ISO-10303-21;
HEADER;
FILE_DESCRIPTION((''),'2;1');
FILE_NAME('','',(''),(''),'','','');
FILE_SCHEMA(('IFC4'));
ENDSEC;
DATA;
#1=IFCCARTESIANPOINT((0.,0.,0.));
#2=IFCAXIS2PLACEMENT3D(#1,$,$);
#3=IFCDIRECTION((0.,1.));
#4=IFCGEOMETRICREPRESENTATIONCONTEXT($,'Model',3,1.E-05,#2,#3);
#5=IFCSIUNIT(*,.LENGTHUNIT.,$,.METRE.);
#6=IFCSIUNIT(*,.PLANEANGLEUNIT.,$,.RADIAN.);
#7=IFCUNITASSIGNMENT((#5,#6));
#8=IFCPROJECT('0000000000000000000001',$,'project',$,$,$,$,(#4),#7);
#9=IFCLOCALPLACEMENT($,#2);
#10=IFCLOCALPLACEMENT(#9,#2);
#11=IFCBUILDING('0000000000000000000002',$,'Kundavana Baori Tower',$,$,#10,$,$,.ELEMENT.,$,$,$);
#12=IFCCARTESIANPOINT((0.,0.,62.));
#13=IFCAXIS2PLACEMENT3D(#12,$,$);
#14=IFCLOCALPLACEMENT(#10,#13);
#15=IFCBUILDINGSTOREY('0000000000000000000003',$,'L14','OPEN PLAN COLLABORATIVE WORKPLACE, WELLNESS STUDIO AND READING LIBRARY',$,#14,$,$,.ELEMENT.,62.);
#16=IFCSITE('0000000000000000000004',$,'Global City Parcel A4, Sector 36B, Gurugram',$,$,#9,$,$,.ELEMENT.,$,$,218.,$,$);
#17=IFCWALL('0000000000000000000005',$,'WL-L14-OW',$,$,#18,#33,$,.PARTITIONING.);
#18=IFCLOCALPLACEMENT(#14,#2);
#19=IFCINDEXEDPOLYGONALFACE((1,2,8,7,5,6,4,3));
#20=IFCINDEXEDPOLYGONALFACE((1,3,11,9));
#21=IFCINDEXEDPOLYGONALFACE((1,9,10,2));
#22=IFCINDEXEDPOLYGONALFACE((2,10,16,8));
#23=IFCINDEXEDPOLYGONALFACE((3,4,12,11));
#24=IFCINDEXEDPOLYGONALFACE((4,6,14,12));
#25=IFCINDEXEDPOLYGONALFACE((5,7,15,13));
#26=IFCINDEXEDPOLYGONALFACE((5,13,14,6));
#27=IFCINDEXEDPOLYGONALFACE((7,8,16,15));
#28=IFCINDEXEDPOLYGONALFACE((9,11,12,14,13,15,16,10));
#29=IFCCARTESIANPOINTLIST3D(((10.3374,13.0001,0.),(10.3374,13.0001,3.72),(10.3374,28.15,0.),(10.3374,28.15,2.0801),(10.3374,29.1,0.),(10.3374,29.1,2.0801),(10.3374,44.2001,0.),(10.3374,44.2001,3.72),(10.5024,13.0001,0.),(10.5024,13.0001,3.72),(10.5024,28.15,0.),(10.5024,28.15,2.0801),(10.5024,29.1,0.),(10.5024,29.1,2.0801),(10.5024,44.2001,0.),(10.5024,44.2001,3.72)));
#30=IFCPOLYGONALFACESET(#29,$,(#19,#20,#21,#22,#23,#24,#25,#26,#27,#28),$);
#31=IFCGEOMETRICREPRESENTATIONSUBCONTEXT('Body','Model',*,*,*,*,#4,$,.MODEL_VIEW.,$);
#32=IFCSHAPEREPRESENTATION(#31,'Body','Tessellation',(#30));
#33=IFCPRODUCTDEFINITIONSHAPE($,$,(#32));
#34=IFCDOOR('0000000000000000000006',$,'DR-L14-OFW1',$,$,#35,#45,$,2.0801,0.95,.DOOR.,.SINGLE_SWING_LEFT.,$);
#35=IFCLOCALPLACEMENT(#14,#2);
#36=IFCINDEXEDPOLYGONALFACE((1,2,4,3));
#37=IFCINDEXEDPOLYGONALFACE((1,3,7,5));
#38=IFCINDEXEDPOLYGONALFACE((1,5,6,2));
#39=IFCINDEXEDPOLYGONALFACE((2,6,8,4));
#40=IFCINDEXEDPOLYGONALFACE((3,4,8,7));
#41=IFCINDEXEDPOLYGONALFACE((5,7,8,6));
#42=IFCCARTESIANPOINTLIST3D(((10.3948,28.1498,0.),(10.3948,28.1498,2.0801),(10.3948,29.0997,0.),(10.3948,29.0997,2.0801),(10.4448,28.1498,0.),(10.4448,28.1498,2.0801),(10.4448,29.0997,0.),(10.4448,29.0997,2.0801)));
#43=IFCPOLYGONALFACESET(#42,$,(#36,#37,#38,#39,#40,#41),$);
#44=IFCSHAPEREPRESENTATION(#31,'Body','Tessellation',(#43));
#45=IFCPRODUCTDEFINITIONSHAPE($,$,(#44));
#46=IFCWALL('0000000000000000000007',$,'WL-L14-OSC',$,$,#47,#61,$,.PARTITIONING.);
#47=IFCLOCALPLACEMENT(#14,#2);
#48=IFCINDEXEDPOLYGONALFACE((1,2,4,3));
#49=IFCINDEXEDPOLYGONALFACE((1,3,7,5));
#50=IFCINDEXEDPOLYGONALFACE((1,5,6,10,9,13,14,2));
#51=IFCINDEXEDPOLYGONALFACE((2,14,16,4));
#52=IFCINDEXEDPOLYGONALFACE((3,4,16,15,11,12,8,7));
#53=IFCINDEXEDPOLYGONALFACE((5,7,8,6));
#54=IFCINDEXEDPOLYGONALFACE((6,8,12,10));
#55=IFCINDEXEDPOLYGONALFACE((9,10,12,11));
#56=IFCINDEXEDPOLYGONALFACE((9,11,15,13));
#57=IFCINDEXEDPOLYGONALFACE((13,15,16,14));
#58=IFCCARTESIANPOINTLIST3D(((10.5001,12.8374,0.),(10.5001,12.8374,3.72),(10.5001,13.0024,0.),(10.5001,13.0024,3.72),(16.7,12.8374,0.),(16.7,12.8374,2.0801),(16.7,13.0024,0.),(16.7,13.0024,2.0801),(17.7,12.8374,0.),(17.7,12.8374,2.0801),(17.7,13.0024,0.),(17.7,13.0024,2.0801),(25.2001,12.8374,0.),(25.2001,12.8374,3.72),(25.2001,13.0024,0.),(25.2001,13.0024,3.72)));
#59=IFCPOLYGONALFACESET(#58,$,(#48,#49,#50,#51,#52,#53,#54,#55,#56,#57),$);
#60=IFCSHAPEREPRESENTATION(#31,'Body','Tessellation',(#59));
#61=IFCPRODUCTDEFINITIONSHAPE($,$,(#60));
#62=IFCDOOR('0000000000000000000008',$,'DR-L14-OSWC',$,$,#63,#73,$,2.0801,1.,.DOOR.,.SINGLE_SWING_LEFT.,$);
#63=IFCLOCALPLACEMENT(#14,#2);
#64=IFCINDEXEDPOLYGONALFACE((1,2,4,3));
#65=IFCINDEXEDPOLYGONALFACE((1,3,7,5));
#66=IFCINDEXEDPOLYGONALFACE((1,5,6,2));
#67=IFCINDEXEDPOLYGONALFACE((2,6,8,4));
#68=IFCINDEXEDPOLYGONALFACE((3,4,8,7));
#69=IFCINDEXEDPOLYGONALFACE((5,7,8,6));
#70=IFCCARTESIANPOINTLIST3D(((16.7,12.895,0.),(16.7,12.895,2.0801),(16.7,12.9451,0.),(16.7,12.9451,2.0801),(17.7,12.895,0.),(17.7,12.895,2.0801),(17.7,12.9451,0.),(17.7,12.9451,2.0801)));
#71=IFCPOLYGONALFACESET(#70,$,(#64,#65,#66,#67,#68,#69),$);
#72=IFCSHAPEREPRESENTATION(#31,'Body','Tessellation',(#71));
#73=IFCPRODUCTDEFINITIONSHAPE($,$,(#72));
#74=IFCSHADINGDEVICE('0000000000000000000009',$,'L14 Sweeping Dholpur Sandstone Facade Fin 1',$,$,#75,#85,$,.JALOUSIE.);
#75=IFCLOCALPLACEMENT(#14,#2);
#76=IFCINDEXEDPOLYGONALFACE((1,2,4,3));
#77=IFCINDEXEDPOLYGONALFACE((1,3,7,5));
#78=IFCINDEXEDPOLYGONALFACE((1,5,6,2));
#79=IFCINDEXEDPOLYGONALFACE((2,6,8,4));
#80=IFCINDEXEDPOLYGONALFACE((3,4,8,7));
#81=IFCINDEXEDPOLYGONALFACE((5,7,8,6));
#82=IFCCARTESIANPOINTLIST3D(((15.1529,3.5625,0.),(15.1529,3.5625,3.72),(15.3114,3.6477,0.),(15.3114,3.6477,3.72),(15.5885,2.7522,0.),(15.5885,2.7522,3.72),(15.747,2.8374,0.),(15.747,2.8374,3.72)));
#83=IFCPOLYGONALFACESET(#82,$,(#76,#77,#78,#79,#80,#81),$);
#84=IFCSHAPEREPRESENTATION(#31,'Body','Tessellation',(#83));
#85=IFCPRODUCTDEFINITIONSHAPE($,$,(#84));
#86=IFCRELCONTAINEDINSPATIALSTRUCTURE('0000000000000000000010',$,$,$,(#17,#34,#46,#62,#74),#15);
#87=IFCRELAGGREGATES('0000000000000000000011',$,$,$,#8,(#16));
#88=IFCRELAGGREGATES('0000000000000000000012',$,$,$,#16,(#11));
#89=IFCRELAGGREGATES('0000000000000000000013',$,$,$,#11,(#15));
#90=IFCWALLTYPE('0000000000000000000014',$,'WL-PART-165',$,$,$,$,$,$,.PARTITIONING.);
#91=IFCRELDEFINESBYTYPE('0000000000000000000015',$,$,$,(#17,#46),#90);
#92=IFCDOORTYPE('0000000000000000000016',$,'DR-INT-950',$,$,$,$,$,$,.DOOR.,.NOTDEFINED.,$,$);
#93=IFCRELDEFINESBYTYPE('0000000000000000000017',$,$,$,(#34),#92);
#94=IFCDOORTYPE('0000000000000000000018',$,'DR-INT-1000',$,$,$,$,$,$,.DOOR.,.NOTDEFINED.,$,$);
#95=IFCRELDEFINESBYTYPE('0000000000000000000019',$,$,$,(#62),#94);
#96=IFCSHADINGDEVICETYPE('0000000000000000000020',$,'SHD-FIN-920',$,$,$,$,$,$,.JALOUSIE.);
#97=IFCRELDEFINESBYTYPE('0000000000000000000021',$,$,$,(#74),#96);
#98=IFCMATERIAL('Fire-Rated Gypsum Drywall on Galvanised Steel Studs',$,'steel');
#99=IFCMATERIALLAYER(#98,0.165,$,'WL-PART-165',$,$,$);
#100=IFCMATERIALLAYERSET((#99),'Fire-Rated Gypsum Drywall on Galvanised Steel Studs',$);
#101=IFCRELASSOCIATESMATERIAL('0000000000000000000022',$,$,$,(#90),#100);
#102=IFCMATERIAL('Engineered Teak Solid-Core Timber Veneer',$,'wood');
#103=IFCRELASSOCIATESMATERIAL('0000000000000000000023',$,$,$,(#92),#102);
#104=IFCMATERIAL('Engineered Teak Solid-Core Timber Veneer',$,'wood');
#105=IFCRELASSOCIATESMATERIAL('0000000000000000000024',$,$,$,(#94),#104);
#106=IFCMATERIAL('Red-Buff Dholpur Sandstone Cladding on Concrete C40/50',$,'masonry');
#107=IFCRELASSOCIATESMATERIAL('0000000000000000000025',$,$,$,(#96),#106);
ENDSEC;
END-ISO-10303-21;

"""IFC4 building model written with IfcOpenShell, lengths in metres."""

from ifc_helpers import new_model, si_unit, direction, frame, frame_2d, origin, origin_2d, place, context, subcontext, project, spatial, rectangle, extrude, material, layer, layer_set, type_object, element, fill, save


model = new_model("IFC4")

# Units and contexts
model_context = context("Model", 3, precision=1e-05, world=origin(), true_north=direction((0.0, 1.0)))
body_context = subcontext(model_context, "Body", "Model", "MODEL_VIEW")
ifc_project = project(units=[si_unit("LENGTHUNIT", "METRE"), si_unit("PLANEANGLEUNIT", "RADIAN")], contexts=[model_context])

# Site, building, storey
site_placement = place(None, origin())
site = spatial("IfcSite", under=ifc_project, at=site_placement, Name="Global City Parcel A4, Sector 36B, Gurugram", CompositionType="ELEMENT", RefElevation=218.0)
building_placement = place(site_placement, origin())
building = spatial("IfcBuilding", under=site, at=building_placement, Name="Kundavana Baori Tower", CompositionType="ELEMENT")
storey_placement = place(building_placement, frame((0.0, 0.0, 62.0)))
storey = spatial("IfcBuildingStorey", under=building, at=storey_placement, Name="L14", Description="OPEN PLAN COLLABORATIVE WORKPLACE, WELLNESS STUDIO AND READING LIBRARY", CompositionType="ELEMENT", Elevation=62.0)

# Walls, openings, doors
ifc_material_1 = material(Name="Fire-Rated Gypsum Drywall on Galvanised Steel Studs", Category="steel")
ifc_layer_1 = layer(ifc_material_1, 0.165, Name="WL-PART-165")
ifc_layer_set_1 = layer_set([ifc_layer_1], Name="Fire-Rated Gypsum Drywall on Galvanised Steel Studs")
wall_type_1 = type_object("IfcWallType", Name="WL-PART-165", PredefinedType="PARTITIONING", material=ifc_layer_set_1)
wall_1_placement = place(storey_placement, frame((10.4199, 13.0, 0.0), z_axis=(0.0, 0.0, 1.0), x_axis=(0.0, 1.0, 0.0)))
wall_1 = element("IfcWall", 1, at=wall_1_placement, inside=storey, type_object=wall_type_1, Name="WL-L14-OW", PredefinedType="PARTITIONING", context=body_context, shape_type="SweptSolid", body=[
    extrude(rectangle(XDim=31.2, YDim=0.165, at=frame_2d((15.6001, 0.0))), origin(), (0.0, 0.0, 1.0), 3.72),
])
opening_1_placement = place(wall_1_placement, frame((15.1499, 0.0, 0.0)))
opening_1 = element("IfcOpeningElement", 2, at=opening_1_placement, cuts=wall_1, PredefinedType="OPENING", context=body_context, shape_type="SweptSolid", body=[
    extrude(rectangle(XDim=0.95, YDim=2.0801, at=frame_2d((0.4751, 1.04))), frame((0.0, 0.0925, 0.0), z_axis=(0.0, -1.0, 0.0), x_axis=(1.0, 0.0, 0.0)), (0.0, 0.0, 1.0), 0.1851),
])
ifc_material_2 = material(Name="Engineered Teak Solid-Core Timber Veneer", Category="wood")
door_type_1 = type_object("IfcDoorType", Name="DR-INT-950", OperationType="NOTDEFINED", PredefinedType="DOOR", material=ifc_material_2)
door_1_placement = place(opening_1_placement, frame((0.95, 0.0, 0.0), z_axis=(0.0, 0.0, 1.0), x_axis=(-1.0, 0.0, 0.0)))
door_1 = element("IfcDoor", 3, at=door_1_placement, inside=storey, type_object=door_type_1, Name="DR-L14-OFW1", OperationType="SINGLE_SWING_LEFT", OverallHeight=2.0801, OverallWidth=0.95, PredefinedType="DOOR", context=body_context, shape_type="SweptSolid", body=[
    extrude(rectangle(XDim=0.95, YDim=2.0801, at=frame_2d((0.4751, 1.04))), frame((0.0, 0.0249, 0.0), z_axis=(0.0, -1.0, 0.0), x_axis=(1.0, 0.0, 0.0)), (0.0, 0.0, 1.0), 0.05),
])
fill(opening_1, door_1)
wall_2_placement = place(storey_placement, frame((10.5, 12.9199, 0.0), z_axis=(0.0, 0.0, 1.0), x_axis=(1.0, 0.0, 0.0)))
wall_2 = element("IfcWall", 4, at=wall_2_placement, inside=storey, type_object=wall_type_1, Name="WL-L14-OSC", PredefinedType="PARTITIONING", context=body_context, shape_type="SweptSolid", body=[
    extrude(rectangle(XDim=14.7, YDim=0.165, at=frame_2d((7.3501, 0.0))), origin(), (0.0, 0.0, 1.0), 3.72),
])
opening_2_placement = place(wall_2_placement, frame((6.2, 0.0, 0.0)))
opening_2 = element("IfcOpeningElement", 5, at=opening_2_placement, cuts=wall_2, PredefinedType="OPENING", context=body_context, shape_type="SweptSolid", body=[
    extrude(rectangle(XDim=1.0, YDim=2.0801, at=frame_2d((0.5, 1.04))), frame((0.0, 0.0925, 0.0), z_axis=(0.0, -1.0, 0.0), x_axis=(1.0, 0.0, 0.0)), (0.0, 0.0, 1.0), 0.1851),
])
ifc_material_3 = material(Name="Engineered Teak Solid-Core Timber Veneer", Category="wood")
door_type_2 = type_object("IfcDoorType", Name="DR-INT-1000", OperationType="NOTDEFINED", PredefinedType="DOOR", material=ifc_material_3)
door_2_placement = place(opening_2_placement, frame((1.0, 0.0, 0.0), z_axis=(0.0, 0.0, 1.0), x_axis=(-1.0, 0.0, 0.0)))
door_2 = element("IfcDoor", 6, at=door_2_placement, inside=storey, type_object=door_type_2, Name="DR-L14-OSWC", OperationType="SINGLE_SWING_LEFT", OverallHeight=2.0801, OverallWidth=1.0, PredefinedType="DOOR", context=body_context, shape_type="SweptSolid", body=[
    extrude(rectangle(XDim=1.0, YDim=2.0801, at=frame_2d((0.5, 1.04))), frame((0.0, 0.0249, 0.0), z_axis=(0.0, -1.0, 0.0), x_axis=(1.0, 0.0, 0.0)), (0.0, 0.0, 1.0), 0.05),
])
fill(opening_2, door_2)

# Shading device
ifc_material_4 = material(Name="Red-Buff Dholpur Sandstone Cladding on Concrete C40/50", Category="masonry")
shading_device_type = type_object("IfcShadingDeviceType", Name="SHD-FIN-920", PredefinedType="JALOUSIE", material=ifc_material_4)
shading_device_placement = place(storey_placement, frame((15.45, 3.2, 0.0), z_axis=(0.0, 0.0, 1.0), x_axis=(0.880808, 0.473473, 0.0)))
element("IfcShadingDevice", 7, at=shading_device_placement, inside=storey, type_object=shading_device_type, Name="L14 Sweeping Dholpur Sandstone Facade Fin 1", PredefinedType="JALOUSIE", context=body_context, shape_type="SweptSolid", body=[
    extrude(rectangle(XDim=0.1799, YDim=0.9199, at=origin_2d()), origin(), (0.0, 0.0, 1.0), 3.72),
])

save(model, "model.ifc")
